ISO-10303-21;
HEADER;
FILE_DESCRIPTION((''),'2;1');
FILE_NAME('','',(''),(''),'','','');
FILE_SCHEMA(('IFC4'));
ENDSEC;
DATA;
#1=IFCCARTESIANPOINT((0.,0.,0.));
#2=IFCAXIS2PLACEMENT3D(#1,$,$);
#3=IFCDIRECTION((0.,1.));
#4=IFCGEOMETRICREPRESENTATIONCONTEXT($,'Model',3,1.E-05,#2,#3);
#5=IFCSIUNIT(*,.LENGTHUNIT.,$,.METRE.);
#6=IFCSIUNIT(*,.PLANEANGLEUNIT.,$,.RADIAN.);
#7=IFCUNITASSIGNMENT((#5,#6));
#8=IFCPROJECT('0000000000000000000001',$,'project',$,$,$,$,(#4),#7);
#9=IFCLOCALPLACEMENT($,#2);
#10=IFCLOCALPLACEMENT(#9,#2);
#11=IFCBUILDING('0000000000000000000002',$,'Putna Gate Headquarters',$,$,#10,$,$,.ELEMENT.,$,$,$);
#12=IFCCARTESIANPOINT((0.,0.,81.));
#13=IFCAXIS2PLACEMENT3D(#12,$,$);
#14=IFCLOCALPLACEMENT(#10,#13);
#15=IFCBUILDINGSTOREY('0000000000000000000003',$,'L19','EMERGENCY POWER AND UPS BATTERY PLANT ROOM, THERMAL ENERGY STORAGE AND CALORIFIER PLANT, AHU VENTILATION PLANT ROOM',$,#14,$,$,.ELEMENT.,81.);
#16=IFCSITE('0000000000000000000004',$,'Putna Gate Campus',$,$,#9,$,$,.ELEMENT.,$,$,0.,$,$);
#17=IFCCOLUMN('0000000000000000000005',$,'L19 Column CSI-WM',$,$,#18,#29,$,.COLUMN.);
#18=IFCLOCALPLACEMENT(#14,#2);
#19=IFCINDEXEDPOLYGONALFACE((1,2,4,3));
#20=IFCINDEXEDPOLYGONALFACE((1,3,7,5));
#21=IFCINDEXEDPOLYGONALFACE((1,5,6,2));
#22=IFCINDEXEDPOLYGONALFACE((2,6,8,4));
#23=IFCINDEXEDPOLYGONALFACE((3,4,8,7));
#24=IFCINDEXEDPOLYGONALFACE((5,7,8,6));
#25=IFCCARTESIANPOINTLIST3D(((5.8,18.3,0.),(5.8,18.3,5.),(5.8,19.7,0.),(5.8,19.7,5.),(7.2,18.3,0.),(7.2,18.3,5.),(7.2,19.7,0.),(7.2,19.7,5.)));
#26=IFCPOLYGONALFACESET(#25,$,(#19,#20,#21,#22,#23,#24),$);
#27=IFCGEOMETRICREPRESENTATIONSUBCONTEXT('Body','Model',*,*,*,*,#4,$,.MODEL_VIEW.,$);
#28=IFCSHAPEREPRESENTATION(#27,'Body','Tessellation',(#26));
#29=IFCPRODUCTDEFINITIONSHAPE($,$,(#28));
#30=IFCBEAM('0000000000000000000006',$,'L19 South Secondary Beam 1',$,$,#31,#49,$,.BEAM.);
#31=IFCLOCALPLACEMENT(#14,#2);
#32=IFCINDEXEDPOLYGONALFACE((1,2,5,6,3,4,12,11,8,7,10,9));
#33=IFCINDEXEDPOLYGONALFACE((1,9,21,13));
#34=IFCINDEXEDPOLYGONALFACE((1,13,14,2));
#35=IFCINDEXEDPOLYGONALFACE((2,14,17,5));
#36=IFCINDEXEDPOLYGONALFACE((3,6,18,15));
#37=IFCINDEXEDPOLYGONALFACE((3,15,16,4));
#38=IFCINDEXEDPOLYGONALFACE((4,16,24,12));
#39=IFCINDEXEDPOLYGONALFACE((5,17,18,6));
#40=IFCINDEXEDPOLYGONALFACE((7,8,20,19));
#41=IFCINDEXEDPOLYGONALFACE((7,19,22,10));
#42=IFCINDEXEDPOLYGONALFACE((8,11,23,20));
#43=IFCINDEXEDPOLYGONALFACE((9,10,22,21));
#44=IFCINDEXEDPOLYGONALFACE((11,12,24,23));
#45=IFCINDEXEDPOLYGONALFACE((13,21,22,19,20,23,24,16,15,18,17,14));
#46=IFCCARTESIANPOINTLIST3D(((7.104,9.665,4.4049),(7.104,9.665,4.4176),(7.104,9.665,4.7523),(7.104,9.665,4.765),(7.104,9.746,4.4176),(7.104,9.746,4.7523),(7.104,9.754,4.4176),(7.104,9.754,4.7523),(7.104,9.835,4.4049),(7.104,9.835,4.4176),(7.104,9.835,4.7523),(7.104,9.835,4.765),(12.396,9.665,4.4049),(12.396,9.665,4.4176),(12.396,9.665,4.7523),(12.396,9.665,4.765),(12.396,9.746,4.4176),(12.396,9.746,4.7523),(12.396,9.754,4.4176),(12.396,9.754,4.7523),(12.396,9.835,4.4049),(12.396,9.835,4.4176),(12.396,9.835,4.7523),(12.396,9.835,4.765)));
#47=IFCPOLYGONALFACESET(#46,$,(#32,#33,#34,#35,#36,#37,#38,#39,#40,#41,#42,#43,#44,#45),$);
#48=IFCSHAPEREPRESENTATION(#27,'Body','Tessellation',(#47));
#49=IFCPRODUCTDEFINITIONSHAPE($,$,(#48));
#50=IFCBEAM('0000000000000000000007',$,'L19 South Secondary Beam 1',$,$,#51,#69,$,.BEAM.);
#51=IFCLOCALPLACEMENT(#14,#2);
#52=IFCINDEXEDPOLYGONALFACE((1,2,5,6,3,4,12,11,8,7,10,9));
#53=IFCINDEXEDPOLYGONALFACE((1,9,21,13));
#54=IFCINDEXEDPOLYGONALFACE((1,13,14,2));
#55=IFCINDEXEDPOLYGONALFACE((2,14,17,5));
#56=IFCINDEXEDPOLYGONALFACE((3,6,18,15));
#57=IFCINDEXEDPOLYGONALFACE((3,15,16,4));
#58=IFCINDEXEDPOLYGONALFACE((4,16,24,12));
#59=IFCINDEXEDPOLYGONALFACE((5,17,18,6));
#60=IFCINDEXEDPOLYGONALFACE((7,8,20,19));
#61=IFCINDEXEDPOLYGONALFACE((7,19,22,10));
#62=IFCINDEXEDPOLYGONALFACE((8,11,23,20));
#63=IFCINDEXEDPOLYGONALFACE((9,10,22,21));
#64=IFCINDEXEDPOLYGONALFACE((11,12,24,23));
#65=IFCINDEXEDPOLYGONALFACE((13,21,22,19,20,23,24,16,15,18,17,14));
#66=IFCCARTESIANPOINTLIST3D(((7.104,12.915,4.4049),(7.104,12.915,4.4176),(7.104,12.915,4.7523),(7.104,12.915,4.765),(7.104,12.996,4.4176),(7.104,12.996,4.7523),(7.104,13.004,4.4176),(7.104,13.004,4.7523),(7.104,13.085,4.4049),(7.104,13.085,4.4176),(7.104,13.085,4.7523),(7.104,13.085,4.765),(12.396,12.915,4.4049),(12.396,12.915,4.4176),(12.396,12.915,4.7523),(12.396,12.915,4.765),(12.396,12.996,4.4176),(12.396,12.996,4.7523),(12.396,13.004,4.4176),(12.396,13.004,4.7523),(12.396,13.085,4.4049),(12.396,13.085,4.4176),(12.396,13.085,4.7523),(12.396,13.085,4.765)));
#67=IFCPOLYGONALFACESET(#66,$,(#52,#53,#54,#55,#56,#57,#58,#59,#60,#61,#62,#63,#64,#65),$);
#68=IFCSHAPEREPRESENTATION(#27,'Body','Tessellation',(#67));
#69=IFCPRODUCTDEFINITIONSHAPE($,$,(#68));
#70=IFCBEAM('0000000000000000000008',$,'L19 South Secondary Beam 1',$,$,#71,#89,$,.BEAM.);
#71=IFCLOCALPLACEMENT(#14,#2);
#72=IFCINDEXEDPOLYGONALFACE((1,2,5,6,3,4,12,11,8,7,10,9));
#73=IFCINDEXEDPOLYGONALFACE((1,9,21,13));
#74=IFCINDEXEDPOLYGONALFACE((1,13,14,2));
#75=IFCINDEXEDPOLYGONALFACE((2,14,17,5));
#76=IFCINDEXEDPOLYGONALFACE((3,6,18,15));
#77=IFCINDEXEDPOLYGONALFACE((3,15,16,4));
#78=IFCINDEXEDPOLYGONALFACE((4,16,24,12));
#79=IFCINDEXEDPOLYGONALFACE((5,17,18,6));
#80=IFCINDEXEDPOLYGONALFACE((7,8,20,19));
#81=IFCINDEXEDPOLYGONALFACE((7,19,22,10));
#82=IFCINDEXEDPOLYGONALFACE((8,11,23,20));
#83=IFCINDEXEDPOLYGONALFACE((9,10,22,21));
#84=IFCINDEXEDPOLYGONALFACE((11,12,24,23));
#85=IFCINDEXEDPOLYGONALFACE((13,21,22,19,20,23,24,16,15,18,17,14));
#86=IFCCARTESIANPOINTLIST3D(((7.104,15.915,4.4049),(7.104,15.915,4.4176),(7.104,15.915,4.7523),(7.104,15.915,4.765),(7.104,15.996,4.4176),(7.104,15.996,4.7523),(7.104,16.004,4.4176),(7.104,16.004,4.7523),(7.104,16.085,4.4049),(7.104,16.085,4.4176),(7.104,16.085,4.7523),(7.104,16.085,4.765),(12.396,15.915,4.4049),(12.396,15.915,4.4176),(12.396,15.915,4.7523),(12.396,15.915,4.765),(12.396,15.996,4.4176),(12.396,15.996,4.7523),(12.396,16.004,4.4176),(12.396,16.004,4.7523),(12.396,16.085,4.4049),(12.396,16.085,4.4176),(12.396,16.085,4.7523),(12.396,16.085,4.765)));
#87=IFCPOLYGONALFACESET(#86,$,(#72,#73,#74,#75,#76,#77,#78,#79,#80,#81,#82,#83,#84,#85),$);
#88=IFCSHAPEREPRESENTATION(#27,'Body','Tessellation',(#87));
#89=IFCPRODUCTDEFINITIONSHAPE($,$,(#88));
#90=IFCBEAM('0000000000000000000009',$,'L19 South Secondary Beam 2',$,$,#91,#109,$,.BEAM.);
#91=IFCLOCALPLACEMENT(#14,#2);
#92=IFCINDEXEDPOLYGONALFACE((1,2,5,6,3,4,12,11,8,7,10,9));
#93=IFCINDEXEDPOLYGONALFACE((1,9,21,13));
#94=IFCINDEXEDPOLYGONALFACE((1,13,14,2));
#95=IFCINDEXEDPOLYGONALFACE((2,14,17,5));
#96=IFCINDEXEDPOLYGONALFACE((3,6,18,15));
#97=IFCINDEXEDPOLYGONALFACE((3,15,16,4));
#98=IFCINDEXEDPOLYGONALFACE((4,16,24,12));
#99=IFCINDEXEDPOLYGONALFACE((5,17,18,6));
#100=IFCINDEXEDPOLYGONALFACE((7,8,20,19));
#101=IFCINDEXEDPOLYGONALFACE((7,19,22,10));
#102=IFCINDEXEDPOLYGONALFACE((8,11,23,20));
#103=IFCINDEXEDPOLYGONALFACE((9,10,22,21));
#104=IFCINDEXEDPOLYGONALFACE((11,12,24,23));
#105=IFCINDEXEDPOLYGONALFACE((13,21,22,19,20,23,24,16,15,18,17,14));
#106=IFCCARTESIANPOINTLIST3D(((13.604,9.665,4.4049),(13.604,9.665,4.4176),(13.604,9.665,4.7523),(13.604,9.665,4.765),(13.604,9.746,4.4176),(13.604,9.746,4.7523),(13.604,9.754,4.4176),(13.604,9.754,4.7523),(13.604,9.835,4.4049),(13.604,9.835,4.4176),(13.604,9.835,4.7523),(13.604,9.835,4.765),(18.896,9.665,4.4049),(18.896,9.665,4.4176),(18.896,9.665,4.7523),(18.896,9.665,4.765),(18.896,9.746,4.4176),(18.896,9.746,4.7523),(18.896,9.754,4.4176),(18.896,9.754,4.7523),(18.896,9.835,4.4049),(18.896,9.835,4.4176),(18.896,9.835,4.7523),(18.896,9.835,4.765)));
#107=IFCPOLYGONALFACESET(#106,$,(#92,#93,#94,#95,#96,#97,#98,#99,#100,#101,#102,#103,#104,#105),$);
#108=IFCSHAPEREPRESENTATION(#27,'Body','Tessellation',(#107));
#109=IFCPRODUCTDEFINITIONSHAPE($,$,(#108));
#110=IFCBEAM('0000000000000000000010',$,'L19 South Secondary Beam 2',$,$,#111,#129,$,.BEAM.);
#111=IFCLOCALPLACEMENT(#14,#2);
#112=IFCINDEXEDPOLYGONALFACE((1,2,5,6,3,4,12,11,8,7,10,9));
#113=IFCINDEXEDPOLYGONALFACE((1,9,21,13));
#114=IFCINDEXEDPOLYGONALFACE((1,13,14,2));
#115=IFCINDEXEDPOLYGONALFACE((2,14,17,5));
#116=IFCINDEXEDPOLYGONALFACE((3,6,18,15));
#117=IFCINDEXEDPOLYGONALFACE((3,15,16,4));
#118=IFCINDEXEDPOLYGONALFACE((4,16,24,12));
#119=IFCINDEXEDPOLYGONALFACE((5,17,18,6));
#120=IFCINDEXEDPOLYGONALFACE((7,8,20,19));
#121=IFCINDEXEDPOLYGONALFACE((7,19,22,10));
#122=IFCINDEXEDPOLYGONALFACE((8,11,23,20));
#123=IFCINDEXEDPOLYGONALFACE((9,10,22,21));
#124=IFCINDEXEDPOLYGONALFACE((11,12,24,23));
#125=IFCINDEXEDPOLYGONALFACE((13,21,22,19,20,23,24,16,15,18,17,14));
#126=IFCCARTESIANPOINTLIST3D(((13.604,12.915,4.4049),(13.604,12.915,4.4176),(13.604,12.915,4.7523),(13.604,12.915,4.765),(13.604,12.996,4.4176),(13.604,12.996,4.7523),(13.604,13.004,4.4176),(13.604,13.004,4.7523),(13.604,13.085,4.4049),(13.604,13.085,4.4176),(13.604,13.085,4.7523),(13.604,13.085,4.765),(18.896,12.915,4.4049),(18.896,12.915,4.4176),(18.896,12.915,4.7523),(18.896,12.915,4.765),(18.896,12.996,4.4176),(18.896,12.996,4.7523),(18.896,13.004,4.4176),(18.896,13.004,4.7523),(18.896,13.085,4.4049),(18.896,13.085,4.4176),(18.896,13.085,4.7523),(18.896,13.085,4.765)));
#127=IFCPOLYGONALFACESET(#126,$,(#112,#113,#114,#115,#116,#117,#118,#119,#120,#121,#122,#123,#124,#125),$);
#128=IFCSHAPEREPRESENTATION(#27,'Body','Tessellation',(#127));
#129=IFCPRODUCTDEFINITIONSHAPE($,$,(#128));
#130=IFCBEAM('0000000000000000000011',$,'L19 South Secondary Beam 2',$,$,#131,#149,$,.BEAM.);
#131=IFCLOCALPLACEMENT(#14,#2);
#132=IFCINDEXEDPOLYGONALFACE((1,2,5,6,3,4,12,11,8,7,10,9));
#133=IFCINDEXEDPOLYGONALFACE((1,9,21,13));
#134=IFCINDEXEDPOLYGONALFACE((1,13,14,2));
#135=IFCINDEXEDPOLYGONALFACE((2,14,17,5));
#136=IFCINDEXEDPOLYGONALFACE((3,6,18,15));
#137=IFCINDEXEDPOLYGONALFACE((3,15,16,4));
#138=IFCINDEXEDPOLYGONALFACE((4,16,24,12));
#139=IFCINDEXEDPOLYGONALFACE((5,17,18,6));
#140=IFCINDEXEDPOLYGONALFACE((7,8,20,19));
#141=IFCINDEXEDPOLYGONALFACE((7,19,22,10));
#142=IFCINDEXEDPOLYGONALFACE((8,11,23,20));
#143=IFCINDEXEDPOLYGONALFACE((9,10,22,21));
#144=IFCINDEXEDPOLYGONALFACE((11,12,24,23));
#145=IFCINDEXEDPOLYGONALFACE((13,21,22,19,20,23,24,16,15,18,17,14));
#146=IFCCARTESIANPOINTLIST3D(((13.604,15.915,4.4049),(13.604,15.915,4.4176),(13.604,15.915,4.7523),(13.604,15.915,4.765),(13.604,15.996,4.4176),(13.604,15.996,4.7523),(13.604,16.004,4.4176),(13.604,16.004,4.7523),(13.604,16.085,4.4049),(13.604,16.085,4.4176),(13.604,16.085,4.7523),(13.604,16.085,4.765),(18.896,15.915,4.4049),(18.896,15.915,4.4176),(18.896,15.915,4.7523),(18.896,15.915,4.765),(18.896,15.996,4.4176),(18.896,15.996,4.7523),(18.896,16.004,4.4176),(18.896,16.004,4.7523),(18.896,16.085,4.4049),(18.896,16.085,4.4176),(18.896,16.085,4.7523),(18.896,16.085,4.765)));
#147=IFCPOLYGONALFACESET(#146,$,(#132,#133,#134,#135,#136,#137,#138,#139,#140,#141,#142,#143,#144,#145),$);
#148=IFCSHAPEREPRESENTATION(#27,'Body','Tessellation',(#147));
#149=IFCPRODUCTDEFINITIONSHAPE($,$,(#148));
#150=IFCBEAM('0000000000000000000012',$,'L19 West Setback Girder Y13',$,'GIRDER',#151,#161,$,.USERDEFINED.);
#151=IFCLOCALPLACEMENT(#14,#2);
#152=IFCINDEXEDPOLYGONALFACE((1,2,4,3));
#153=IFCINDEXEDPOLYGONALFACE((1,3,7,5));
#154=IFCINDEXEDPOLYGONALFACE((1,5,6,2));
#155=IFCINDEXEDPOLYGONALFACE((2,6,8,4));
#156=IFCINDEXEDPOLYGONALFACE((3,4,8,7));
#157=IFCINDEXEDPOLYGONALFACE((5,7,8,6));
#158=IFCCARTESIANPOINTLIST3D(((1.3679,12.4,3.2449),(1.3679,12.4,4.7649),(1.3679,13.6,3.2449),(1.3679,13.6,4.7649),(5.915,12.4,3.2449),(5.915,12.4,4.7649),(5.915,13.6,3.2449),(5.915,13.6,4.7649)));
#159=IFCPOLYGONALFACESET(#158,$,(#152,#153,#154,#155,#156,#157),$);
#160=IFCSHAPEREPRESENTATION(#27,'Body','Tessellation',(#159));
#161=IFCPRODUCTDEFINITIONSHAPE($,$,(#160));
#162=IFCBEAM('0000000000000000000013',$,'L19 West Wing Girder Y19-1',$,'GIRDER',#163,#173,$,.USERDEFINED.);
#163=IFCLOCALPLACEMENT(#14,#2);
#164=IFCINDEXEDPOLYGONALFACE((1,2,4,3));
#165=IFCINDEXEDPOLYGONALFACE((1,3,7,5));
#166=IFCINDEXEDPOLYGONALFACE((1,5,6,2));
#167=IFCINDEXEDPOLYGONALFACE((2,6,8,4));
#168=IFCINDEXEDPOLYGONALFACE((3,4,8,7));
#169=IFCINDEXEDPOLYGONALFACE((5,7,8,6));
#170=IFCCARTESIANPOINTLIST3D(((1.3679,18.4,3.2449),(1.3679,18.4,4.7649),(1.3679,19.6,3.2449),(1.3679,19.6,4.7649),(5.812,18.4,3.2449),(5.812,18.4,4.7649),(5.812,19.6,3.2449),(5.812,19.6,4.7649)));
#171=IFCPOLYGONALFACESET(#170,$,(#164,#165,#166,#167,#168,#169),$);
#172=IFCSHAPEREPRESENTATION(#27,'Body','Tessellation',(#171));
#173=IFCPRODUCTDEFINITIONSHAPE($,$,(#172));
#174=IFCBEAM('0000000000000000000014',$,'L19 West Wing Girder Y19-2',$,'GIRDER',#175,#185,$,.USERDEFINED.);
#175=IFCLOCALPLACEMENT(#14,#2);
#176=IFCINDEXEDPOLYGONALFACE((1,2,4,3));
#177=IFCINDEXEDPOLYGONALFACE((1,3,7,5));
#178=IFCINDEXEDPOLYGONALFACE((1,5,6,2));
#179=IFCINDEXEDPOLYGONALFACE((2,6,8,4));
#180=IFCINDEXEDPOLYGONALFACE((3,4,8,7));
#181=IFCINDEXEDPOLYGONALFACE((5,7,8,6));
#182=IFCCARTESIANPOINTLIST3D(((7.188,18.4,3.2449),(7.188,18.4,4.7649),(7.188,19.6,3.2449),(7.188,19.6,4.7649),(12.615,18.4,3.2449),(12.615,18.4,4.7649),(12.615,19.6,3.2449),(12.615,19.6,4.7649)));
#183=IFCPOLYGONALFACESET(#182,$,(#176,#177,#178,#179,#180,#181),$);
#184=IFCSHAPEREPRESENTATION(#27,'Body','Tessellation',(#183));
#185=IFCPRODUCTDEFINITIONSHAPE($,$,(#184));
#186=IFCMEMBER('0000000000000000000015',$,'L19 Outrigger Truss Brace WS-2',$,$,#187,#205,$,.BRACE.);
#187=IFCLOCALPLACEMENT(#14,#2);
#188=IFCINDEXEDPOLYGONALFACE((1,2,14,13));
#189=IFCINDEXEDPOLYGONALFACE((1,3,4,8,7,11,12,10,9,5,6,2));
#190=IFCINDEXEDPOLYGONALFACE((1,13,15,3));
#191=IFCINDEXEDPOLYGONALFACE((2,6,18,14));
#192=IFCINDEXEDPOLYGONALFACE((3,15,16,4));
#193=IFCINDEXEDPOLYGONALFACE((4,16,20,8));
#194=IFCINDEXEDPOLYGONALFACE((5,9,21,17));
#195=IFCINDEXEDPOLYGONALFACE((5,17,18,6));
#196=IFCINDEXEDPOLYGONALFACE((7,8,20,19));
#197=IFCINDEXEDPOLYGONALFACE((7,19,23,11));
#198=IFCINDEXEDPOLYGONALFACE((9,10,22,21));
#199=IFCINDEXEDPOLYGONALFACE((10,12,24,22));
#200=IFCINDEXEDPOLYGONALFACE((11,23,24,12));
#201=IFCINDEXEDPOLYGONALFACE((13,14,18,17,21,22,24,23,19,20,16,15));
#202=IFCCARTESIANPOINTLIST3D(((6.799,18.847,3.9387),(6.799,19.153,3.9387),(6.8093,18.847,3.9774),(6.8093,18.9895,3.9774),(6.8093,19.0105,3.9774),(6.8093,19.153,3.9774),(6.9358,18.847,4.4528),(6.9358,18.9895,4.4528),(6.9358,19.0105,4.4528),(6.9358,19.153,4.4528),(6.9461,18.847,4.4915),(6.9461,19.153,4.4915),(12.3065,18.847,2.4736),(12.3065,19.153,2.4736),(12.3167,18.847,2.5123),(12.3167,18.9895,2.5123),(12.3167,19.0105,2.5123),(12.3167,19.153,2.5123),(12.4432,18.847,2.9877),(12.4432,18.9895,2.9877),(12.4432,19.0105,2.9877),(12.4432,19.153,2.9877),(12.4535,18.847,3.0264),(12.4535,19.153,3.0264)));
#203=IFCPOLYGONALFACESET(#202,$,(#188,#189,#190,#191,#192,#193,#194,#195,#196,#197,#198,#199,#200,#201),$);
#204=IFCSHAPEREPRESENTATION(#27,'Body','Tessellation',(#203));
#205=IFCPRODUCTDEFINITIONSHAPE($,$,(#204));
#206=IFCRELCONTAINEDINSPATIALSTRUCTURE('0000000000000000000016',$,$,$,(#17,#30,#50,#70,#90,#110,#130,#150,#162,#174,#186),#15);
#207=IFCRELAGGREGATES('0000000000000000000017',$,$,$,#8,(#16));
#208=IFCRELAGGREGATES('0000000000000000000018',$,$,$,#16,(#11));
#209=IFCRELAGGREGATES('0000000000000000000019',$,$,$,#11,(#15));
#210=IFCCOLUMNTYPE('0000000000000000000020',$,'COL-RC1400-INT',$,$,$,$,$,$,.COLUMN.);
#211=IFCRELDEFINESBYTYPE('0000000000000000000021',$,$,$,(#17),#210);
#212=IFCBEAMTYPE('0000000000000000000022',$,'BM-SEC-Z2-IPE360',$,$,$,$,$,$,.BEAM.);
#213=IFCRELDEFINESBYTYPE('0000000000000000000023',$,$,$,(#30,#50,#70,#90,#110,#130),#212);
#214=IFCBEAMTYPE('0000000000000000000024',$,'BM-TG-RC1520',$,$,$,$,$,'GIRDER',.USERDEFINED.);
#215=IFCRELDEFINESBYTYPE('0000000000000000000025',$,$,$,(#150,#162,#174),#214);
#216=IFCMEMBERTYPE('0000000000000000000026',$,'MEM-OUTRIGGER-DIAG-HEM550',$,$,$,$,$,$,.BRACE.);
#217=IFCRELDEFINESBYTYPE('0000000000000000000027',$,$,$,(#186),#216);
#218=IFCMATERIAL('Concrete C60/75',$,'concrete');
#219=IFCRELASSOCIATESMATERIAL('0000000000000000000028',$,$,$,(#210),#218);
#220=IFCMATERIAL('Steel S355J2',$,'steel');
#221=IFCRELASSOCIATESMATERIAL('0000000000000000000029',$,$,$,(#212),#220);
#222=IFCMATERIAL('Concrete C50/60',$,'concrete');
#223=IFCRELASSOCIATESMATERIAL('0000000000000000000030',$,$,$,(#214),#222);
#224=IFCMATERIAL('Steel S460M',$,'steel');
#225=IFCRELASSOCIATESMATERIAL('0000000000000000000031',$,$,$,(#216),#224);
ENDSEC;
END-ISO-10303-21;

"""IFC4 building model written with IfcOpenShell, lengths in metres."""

from ifc_helpers import new_model, si_unit, direction, frame, origin, origin_2d, place, context, subcontext, project, spatial, rectangle, i_section, extrude, material, material_profile, profile_set, type_object, element, save


model = new_model("IFC4")

# Units and contexts
model_context = context("Model", 3, precision=1e-05, world=origin(), true_north=direction((0.0, 1.0)))
body_context = subcontext(model_context, "Body", "Model", "MODEL_VIEW")
ifc_project = project(units=[si_unit("LENGTHUNIT", "METRE"), si_unit("PLANEANGLEUNIT", "RADIAN")], contexts=[model_context])

# Site, building, storey
site_placement = place(None, origin())
site = spatial("IfcSite", under=ifc_project, at=site_placement, Name="Putna Gate Campus", CompositionType="ELEMENT", RefElevation=0.0)
building_placement = place(site_placement, origin())
building = spatial("IfcBuilding", under=site, at=building_placement, Name="Putna Gate Headquarters", CompositionType="ELEMENT")
storey_placement = place(building_placement, frame((0.0, 0.0, 81.0)))
storey = spatial("IfcBuildingStorey", under=building, at=storey_placement, Name="L19", Description="EMERGENCY POWER AND UPS BATTERY PLANT ROOM, THERMAL ENERGY STORAGE AND CALORIFIER PLANT, AHU VENTILATION PLANT ROOM", CompositionType="ELEMENT", Elevation=81.0)

# Column
ifc_material_1 = material(Name="Concrete C60/75", Category="concrete")
ifc_material_profile_1 = material_profile(ifc_material_1, rectangle(XDim=1.3999, YDim=1.3999, at=origin_2d()), Name="Concrete C60/75")
ifc_profile_set_1 = profile_set([ifc_material_profile_1], Name="Concrete C60/75")
column_type = type_object("IfcColumnType", Name="COL-RC1400-INT", PredefinedType="COLUMN", material=ifc_profile_set_1)
column_placement = place(storey_placement, frame((6.5, 19.0, 0.0), z_axis=(0.0, 0.0, 1.0), x_axis=(1.0, 0.0, 0.0)))
element("IfcColumn", 1, at=column_placement, inside=storey, type_object=column_type, Name="L19 Column CSI-WM", PredefinedType="COLUMN", context=body_context, shape_type="SweptSolid", body=[
    extrude(rectangle(XDim=1.3999, YDim=1.3999, at=origin_2d()), origin(), (0.0, 0.0, 1.0), 5.0),
])

# Beams
ifc_material_2 = material(Name="Steel S355J2", Category="steel")
ifc_material_profile_2 = material_profile(ifc_material_2, i_section(OverallWidth=0.1699, OverallDepth=0.3601, WebThickness=0.0081, FlangeThickness=0.0127, at=origin_2d()), Name="Steel S355J2")
ifc_profile_set_2 = profile_set([ifc_material_profile_2], Name="Steel S355J2")
beam_type_1 = type_object("IfcBeamType", Name="BM-SEC-Z2-IPE360", PredefinedType="BEAM", material=ifc_profile_set_2)
for number, where, z_axis, x_axis, name in (
    (2, (7.104, 9.75, 4.585), (1.0, 0.0, 0.0), (0.0, 1.0, 0.0), "L19 South Secondary Beam 1"),
    (3, (7.104, 13.0, 4.585), (1.0, 0.0, 0.0), (0.0, 1.0, 0.0), "L19 South Secondary Beam 1"),
    (4, (7.104, 16.0, 4.585), (1.0, 0.0, 0.0), (0.0, 1.0, 0.0), "L19 South Secondary Beam 1"),
    (5, (13.604, 9.75, 4.585), (1.0, 0.0, 0.0), (0.0, 1.0, 0.0), "L19 South Secondary Beam 2"),
    (6, (13.604, 13.0, 4.585), (1.0, 0.0, 0.0), (0.0, 1.0, 0.0), "L19 South Secondary Beam 2"),
    (7, (13.604, 16.0, 4.585), (1.0, 0.0, 0.0), (0.0, 1.0, 0.0), "L19 South Secondary Beam 2"),
):
    element("IfcBeam", number, at=place(storey_placement, frame(where, z_axis=z_axis, x_axis=x_axis)), inside=storey, type_object=beam_type_1, Name=name, PredefinedType="BEAM", context=body_context, shape_type="SweptSolid", body=[
        extrude(i_section(OverallWidth=0.1699, OverallDepth=0.3601, WebThickness=0.0081, FlangeThickness=0.0127, at=origin_2d()), origin(), (0.0, 0.0, 1.0), 5.292),
    ])
ifc_material_3 = material(Name="Concrete C50/60", Category="concrete")
ifc_material_profile_3 = material_profile(ifc_material_3, rectangle(XDim=1.2, YDim=1.52, at=origin_2d()), Name="Concrete C50/60")
ifc_profile_set_3 = profile_set([ifc_material_profile_3], Name="Concrete C50/60")
beam_type_2 = type_object("IfcBeamType", Name="BM-TG-RC1520", ElementType="GIRDER", PredefinedType="USERDEFINED", material=ifc_profile_set_3)
beam_1_placement = place(storey_placement, frame((1.3679, 13.0, 4.0049), z_axis=(1.0, 0.0, 0.0), x_axis=(0.0, 1.0, 0.0)))
element("IfcBeam", 8, at=beam_1_placement, inside=storey, type_object=beam_type_2, Name="L19 West Setback Girder Y13", ObjectType="GIRDER", PredefinedType="USERDEFINED", context=body_context, shape_type="SweptSolid", body=[
    extrude(rectangle(XDim=1.2, YDim=1.52, at=origin_2d()), origin(), (0.0, 0.0, 1.0), 4.5471),
])
beam_2_placement = place(storey_placement, frame((1.3679, 19.0, 4.0049), z_axis=(1.0, 0.0, 0.0), x_axis=(0.0, 1.0, 0.0)))
element("IfcBeam", 9, at=beam_2_placement, inside=storey, type_object=beam_type_2, Name="L19 West Wing Girder Y19-1", ObjectType="GIRDER", PredefinedType="USERDEFINED", context=body_context, shape_type="SweptSolid", body=[
    extrude(rectangle(XDim=1.2, YDim=1.52, at=origin_2d()), origin(), (0.0, 0.0, 1.0), 4.4441),
])
beam_3_placement = place(storey_placement, frame((7.188, 19.0, 4.0049), z_axis=(1.0, 0.0, 0.0), x_axis=(0.0, 1.0, 0.0)))
element("IfcBeam", 10, at=beam_3_placement, inside=storey, type_object=beam_type_2, Name="L19 West Wing Girder Y19-2", ObjectType="GIRDER", PredefinedType="USERDEFINED", context=body_context, shape_type="SweptSolid", body=[
    extrude(rectangle(XDim=1.2, YDim=1.52, at=origin_2d()), origin(), (0.0, 0.0, 1.0), 5.427),
])

# Member
ifc_material_4 = material(Name="Steel S460M", Category="steel")
ifc_material_profile_4 = material_profile(ifc_material_4, i_section(OverallWidth=0.3059, OverallDepth=0.572, WebThickness=0.021, FlangeThickness=0.04, at=origin_2d()), Name="Steel S460M")
ifc_profile_set_4 = profile_set([ifc_material_profile_4], Name="Steel S460M")
member_type = type_object("IfcMemberType", Name="MEM-OUTRIGGER-DIAG-HEM550", PredefinedType="BRACE", material=ifc_profile_set_4)
member_placement = place(storey_placement, frame((6.8726, 19.0, 4.2151), z_axis=(0.966389, 0.0, -0.257084), x_axis=(0.0, 1.0, 0.0)))
element("IfcMember", 11, at=member_placement, inside=storey, type_object=member_type, Name="L19 Outrigger Truss Brace WS-2", PredefinedType="BRACE", context=body_context, shape_type="SweptSolid", body=[
    extrude(i_section(OverallWidth=0.3059, OverallDepth=0.572, WebThickness=0.021, FlangeThickness=0.04, at=origin_2d()), origin(), (0.0, 0.0, 1.0), 5.699),
])

save(model, "model.ifc")
